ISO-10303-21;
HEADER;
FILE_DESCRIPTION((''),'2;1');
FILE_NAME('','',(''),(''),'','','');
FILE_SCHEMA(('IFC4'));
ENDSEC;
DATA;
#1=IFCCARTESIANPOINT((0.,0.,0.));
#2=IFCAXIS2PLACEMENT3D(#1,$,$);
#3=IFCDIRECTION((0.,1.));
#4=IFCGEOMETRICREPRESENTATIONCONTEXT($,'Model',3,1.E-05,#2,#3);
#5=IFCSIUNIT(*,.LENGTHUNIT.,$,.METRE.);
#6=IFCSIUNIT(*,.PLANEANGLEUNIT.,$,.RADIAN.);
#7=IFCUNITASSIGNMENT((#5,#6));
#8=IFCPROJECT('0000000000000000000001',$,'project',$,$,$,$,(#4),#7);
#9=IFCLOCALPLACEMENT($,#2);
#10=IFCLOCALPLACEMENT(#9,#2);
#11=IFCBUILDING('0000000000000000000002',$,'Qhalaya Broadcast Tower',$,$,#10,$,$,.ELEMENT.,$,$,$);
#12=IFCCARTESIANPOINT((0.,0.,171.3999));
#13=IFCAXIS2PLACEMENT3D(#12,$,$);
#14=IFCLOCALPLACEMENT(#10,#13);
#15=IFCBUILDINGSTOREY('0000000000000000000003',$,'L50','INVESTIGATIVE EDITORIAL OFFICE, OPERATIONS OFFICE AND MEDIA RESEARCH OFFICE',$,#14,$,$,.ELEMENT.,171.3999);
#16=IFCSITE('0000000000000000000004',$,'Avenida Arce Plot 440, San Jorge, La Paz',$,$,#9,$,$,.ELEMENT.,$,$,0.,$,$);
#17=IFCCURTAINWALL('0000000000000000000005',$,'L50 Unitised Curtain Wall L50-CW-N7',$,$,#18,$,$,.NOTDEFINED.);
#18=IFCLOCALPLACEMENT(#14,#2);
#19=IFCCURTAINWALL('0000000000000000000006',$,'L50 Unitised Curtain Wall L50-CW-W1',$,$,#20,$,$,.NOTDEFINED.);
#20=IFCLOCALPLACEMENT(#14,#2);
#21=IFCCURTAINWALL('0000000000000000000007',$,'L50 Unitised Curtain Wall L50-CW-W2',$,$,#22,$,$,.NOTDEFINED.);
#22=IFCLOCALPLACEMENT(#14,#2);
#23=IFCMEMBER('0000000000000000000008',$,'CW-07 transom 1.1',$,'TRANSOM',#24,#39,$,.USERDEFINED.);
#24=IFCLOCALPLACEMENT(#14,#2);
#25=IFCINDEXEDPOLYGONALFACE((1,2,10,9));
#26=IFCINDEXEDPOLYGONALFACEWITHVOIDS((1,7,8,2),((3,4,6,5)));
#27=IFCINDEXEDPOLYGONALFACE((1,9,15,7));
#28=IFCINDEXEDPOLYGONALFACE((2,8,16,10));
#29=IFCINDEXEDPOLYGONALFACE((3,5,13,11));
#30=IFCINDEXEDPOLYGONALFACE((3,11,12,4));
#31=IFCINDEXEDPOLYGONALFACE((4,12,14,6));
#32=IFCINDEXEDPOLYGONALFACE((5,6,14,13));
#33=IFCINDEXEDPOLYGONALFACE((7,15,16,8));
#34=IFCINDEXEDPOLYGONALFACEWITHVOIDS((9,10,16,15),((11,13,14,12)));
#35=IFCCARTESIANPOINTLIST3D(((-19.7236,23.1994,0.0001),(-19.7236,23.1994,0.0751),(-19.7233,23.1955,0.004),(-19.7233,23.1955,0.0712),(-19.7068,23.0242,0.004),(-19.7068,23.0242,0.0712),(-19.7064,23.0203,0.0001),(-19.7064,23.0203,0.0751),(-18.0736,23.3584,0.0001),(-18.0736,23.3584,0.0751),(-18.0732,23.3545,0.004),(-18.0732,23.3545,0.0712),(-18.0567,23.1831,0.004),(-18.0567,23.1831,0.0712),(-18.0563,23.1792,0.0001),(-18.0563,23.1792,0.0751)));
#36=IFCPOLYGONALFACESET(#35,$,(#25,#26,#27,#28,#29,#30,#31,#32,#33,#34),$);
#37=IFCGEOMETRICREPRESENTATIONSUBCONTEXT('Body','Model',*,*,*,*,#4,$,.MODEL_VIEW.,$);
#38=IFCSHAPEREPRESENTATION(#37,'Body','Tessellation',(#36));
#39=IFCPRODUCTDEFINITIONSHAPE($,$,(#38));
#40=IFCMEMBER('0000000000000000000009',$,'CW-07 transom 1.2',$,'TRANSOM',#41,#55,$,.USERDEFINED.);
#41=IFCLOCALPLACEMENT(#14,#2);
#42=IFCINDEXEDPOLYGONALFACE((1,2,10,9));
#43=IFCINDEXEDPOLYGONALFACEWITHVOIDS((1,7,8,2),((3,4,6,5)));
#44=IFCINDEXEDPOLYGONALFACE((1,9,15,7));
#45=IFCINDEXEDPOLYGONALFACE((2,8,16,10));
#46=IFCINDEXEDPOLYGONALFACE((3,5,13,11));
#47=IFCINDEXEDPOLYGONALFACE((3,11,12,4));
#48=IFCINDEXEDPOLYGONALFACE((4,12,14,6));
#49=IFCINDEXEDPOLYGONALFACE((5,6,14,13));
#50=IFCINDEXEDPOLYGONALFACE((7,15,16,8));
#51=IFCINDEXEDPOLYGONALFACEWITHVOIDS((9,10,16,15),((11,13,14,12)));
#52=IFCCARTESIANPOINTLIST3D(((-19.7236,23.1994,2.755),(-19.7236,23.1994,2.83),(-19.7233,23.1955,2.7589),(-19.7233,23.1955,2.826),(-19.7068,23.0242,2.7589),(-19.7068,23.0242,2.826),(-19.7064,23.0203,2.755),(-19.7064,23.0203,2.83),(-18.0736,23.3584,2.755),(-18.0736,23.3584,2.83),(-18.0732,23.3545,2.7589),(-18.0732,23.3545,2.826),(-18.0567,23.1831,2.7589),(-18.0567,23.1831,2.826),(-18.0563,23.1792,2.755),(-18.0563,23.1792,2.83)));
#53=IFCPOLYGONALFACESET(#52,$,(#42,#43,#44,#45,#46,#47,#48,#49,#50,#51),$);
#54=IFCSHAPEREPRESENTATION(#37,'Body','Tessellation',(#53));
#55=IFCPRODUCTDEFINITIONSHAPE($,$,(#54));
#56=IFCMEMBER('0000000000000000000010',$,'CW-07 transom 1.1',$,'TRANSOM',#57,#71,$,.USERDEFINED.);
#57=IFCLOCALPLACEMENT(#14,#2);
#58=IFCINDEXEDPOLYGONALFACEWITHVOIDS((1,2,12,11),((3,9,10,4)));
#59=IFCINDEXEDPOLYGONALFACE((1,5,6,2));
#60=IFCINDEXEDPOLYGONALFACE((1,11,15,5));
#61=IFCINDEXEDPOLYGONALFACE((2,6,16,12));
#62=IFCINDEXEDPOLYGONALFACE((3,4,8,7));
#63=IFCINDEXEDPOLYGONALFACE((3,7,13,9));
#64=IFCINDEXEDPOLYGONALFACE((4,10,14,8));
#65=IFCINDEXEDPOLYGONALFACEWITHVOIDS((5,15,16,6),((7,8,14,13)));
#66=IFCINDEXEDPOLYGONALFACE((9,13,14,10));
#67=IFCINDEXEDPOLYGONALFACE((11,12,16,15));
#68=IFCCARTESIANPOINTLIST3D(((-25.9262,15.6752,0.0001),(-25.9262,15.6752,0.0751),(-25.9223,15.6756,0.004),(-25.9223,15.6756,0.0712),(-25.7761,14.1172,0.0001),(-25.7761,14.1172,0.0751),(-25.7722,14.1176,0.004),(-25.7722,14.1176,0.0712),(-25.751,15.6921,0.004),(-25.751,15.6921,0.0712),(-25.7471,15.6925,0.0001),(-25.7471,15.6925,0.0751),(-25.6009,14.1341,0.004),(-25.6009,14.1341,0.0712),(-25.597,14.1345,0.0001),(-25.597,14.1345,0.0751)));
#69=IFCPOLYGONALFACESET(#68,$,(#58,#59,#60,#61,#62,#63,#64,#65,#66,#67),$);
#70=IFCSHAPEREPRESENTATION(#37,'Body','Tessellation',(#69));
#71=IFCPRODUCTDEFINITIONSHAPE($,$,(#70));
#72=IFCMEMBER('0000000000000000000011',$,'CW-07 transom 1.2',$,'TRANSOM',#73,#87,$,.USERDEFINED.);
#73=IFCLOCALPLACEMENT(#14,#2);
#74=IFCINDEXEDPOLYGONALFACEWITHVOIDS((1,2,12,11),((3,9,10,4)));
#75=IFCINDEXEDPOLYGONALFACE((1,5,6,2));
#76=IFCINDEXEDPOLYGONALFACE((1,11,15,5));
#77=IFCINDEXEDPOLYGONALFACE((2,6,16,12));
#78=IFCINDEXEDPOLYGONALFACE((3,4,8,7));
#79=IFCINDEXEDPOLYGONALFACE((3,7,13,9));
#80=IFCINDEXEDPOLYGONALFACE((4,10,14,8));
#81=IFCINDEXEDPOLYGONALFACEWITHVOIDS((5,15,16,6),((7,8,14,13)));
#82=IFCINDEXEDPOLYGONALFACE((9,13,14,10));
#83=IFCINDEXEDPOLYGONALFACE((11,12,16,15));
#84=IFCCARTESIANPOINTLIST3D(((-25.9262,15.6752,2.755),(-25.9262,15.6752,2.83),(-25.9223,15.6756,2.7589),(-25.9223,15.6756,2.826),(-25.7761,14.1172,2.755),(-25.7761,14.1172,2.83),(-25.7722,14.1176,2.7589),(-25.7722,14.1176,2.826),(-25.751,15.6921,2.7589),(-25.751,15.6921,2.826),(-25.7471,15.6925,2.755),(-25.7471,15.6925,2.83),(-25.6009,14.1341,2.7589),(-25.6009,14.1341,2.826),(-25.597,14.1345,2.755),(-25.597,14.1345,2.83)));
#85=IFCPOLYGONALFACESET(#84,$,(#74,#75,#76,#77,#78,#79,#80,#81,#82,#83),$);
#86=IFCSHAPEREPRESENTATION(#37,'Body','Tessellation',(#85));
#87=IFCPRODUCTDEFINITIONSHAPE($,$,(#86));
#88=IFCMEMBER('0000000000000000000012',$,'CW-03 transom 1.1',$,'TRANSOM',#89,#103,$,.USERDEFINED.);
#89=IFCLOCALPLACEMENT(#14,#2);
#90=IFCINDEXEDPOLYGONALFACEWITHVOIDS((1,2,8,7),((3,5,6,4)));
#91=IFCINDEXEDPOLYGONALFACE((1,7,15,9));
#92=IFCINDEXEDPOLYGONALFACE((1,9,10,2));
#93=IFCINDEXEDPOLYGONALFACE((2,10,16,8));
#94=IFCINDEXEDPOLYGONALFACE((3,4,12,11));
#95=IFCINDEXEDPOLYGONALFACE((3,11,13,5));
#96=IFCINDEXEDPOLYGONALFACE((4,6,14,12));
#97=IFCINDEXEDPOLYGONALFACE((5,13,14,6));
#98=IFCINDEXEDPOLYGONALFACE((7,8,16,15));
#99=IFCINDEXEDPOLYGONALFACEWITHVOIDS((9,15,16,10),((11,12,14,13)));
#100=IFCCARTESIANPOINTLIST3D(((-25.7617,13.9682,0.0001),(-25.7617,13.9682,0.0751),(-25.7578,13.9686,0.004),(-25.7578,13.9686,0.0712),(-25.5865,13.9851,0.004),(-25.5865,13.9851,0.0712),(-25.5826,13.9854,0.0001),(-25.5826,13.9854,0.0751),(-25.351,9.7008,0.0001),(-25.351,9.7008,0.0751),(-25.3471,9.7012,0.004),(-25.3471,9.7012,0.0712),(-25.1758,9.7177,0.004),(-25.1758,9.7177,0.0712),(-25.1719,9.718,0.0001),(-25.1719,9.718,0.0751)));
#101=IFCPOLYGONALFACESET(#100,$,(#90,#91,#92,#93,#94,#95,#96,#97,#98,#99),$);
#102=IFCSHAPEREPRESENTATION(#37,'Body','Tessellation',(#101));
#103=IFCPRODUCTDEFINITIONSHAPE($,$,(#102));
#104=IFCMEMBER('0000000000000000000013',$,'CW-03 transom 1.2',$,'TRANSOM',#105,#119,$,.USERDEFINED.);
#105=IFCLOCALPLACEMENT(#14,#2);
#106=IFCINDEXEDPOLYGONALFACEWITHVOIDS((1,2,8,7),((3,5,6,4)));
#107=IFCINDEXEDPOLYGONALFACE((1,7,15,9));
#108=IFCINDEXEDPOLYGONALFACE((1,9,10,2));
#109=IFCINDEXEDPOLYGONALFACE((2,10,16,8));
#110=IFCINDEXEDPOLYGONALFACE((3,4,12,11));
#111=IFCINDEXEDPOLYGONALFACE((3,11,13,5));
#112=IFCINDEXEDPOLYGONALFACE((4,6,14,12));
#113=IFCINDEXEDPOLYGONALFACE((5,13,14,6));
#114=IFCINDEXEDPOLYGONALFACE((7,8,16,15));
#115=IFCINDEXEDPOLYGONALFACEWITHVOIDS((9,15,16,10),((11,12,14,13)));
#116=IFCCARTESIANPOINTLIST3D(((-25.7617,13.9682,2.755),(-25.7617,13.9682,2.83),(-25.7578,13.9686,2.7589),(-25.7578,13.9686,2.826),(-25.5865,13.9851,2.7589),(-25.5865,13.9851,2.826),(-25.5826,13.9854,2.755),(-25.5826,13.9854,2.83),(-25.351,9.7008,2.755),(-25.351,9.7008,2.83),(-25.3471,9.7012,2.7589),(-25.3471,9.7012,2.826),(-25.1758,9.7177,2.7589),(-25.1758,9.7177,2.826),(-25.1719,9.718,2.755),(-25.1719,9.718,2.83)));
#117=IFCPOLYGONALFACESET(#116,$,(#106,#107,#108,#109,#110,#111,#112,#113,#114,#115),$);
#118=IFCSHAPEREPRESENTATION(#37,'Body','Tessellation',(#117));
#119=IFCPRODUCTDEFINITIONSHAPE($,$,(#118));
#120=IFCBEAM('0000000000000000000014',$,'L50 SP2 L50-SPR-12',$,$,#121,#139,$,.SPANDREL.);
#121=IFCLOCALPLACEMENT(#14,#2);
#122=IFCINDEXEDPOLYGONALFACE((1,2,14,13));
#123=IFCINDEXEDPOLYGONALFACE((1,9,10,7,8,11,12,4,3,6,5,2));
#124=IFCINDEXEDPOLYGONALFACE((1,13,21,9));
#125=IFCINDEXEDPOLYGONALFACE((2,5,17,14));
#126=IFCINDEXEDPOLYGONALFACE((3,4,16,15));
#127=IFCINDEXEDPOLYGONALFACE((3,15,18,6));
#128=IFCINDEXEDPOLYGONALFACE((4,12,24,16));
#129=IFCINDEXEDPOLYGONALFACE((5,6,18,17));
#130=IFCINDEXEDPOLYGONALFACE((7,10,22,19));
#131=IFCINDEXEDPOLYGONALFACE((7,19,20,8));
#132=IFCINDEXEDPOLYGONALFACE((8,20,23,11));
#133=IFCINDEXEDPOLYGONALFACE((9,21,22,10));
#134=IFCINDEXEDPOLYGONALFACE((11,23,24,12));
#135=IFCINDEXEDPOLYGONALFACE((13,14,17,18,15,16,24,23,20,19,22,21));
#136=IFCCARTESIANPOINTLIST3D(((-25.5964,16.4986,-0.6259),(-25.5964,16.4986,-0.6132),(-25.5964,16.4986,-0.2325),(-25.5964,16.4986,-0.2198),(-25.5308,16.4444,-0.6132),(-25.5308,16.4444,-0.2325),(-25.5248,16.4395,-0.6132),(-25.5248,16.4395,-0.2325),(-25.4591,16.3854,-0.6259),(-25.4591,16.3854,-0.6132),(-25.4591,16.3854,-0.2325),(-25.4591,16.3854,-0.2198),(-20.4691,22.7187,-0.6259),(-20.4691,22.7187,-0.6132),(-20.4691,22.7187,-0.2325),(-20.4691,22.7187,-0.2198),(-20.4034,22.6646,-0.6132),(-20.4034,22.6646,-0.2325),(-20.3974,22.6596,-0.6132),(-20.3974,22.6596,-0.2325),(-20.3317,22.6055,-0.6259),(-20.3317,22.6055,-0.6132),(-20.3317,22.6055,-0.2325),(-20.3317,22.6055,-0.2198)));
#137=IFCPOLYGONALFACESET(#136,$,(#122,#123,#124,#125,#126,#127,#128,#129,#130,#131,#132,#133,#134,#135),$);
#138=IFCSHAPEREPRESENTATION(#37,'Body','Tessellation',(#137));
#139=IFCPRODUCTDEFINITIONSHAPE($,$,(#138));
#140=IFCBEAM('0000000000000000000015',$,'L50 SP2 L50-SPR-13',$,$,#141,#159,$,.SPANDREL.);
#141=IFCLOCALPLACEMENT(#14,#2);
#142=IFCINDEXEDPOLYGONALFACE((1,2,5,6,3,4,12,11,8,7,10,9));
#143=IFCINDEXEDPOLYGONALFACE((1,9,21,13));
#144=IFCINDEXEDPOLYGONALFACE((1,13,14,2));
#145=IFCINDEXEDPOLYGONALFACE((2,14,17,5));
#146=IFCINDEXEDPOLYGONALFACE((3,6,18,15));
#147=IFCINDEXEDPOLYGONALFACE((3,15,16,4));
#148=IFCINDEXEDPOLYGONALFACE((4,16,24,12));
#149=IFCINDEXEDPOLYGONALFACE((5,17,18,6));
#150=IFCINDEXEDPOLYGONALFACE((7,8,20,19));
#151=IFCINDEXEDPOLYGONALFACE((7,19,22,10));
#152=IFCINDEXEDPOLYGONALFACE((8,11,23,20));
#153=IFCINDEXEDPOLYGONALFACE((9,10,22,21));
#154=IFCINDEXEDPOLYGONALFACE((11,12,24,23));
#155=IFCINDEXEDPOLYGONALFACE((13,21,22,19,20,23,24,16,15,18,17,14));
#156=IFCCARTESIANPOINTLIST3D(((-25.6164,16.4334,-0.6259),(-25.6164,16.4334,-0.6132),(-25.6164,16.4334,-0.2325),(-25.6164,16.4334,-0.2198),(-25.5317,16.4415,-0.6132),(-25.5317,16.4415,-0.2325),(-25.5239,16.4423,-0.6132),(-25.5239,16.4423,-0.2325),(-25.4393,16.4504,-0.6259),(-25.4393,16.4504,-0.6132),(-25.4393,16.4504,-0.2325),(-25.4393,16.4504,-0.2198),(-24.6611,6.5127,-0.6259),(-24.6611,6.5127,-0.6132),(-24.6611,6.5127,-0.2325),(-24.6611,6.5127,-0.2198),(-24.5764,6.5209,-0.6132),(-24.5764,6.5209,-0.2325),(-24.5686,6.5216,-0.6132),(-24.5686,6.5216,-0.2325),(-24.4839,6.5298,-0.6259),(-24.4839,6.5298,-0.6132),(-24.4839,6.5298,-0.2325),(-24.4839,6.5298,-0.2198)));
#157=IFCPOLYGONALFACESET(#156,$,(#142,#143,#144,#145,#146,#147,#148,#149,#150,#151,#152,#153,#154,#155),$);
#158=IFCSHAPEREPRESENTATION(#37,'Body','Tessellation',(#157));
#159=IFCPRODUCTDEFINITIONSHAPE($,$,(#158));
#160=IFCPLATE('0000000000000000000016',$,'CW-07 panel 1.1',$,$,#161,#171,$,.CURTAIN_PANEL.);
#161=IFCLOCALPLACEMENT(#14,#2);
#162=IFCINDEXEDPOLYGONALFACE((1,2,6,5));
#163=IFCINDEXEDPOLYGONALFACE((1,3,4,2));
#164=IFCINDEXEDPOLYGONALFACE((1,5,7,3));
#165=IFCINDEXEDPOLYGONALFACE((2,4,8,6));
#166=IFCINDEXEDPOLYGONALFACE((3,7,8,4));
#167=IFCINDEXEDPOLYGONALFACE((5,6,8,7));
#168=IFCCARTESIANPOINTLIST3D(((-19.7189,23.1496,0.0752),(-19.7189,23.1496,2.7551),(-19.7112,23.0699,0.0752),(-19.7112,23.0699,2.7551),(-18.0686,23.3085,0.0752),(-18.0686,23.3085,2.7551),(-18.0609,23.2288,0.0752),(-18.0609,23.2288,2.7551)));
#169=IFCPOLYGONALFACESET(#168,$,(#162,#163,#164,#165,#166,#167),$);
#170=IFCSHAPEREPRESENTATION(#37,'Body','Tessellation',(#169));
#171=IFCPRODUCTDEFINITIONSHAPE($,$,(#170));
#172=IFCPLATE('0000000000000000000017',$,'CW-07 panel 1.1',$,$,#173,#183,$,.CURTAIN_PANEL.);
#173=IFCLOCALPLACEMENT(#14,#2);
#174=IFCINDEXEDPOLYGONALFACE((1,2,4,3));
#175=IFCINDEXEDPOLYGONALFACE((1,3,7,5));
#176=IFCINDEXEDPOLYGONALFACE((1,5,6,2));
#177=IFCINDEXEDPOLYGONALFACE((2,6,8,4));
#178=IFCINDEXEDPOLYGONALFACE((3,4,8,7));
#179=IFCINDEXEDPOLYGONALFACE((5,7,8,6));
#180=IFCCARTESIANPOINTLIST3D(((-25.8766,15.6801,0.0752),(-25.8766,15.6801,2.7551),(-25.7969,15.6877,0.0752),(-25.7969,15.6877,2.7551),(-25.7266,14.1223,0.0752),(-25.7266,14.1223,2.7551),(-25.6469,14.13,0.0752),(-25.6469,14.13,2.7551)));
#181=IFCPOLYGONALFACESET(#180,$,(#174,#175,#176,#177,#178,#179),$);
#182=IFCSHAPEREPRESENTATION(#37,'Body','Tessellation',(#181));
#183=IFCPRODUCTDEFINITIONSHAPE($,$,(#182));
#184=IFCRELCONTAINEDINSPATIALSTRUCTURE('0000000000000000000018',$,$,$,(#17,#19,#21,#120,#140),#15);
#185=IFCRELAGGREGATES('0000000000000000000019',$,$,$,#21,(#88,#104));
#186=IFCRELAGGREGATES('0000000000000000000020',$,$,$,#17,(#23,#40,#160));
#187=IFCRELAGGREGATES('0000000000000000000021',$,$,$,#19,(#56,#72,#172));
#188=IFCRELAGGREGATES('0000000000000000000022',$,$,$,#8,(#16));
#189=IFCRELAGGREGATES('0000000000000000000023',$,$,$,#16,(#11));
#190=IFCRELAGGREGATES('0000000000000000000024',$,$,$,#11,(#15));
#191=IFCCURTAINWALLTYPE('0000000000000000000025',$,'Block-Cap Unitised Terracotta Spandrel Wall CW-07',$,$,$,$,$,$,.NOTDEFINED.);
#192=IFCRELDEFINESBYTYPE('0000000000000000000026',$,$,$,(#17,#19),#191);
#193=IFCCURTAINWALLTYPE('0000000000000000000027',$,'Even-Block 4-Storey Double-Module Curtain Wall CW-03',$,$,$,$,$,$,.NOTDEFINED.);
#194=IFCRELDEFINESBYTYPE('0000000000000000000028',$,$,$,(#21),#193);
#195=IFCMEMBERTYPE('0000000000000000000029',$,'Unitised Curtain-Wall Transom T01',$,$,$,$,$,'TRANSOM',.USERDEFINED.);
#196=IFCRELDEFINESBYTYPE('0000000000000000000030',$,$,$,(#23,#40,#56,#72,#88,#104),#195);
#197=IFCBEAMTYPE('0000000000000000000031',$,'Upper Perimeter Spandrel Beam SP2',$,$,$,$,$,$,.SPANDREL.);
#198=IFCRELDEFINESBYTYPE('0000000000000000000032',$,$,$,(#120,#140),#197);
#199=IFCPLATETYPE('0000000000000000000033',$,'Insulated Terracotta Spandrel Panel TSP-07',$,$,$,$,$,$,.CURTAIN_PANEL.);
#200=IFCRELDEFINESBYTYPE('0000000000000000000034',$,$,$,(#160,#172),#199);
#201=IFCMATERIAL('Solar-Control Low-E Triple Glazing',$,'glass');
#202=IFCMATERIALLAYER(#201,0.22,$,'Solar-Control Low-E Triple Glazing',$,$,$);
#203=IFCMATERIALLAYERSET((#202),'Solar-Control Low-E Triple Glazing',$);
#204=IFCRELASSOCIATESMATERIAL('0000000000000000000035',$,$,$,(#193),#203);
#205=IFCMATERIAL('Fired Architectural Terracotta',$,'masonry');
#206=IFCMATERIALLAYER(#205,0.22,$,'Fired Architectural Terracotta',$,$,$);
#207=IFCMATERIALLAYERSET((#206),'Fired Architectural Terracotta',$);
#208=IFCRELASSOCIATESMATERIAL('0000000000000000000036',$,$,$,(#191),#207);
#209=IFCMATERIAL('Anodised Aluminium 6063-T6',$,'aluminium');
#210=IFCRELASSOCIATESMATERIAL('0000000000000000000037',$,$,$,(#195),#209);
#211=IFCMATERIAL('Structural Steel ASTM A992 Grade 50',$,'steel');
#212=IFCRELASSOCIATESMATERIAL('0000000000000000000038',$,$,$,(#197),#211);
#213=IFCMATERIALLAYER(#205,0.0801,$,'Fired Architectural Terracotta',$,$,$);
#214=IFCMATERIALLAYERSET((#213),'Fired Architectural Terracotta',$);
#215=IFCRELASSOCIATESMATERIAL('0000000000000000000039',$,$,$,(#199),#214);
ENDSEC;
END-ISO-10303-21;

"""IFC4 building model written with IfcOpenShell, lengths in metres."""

from ifc_helpers import new_model, si_unit, direction, frame, origin, origin_2d, place, context, subcontext, project, spatial, rectangle, hollow_rectangle, i_section, extrude, material, layer, layer_set, material_profile, profile_set, type_object, element, aggregate, save


model = new_model("IFC4")

# Units and contexts
model_context = context("Model", 3, precision=1e-05, world=origin(), true_north=direction((0.0, 1.0)))
body_context = subcontext(model_context, "Body", "Model", "MODEL_VIEW")
ifc_project = project(units=[si_unit("LENGTHUNIT", "METRE"), si_unit("PLANEANGLEUNIT", "RADIAN")], contexts=[model_context])

# Site, building, storey
site_placement = place(None, origin())
site = spatial("IfcSite", under=ifc_project, at=site_placement, Name="Avenida Arce Plot 440, San Jorge, La Paz", CompositionType="ELEMENT", RefElevation=0.0)
building_placement = place(site_placement, origin())
building = spatial("IfcBuilding", under=site, at=building_placement, Name="Qhalaya Broadcast Tower", CompositionType="ELEMENT")
storey_placement = place(building_placement, frame((0.0, 0.0, 171.3999)))
storey = spatial("IfcBuildingStorey", under=building, at=storey_placement, Name="L50", Description="INVESTIGATIVE EDITORIAL OFFICE, OPERATIONS OFFICE AND MEDIA RESEARCH OFFICE", CompositionType="ELEMENT", Elevation=171.3999)

# Shared definitions
ifc_material_1 = material(Name="Structural Steel ASTM A992 Grade 50", Category="steel")

# Shared definitions
ifc_material_2 = material(Name="Solar-Control Low-E Triple Glazing", Category="glass")
ifc_layer_1 = layer(ifc_material_2, 0.22, Name="Solar-Control Low-E Triple Glazing")
ifc_layer_set_1 = layer_set([ifc_layer_1], Name="Solar-Control Low-E Triple Glazing")
curtain_wall_type_1 = type_object("IfcCurtainWallType", Name="Even-Block 4-Storey Double-Module Curtain Wall CW-03", PredefinedType="NOTDEFINED", material=ifc_layer_set_1)
ifc_material_3 = material(Name="Anodised Aluminium 6063-T6", Category="aluminium")

# Curtain walls
ifc_material_4 = material(Name="Fired Architectural Terracotta", Category="masonry")
ifc_layer_2 = layer(ifc_material_4, 0.22, Name="Fired Architectural Terracotta")
ifc_layer_set_2 = layer_set([ifc_layer_2], Name="Fired Architectural Terracotta")
curtain_wall_type_2 = type_object("IfcCurtainWallType", Name="Block-Cap Unitised Terracotta Spandrel Wall CW-07", PredefinedType="NOTDEFINED", material=ifc_layer_set_2)
curtain_wall_1_placement = place(storey_placement, origin())
curtain_wall_1 = element("IfcCurtainWall", 1, at=curtain_wall_1_placement, inside=storey, type_object=curtain_wall_type_2, Name="L50 Unitised Curtain Wall L50-CW-N7", PredefinedType="NOTDEFINED")
curtain_wall_2_placement = place(storey_placement, origin())
curtain_wall_2 = element("IfcCurtainWall", 2, at=curtain_wall_2_placement, inside=storey, type_object=curtain_wall_type_2, Name="L50 Unitised Curtain Wall L50-CW-W1", PredefinedType="NOTDEFINED")

# Curtain wall
curtain_wall_3_placement = place(storey_placement, origin())
curtain_wall_3 = element("IfcCurtainWall", 3, at=curtain_wall_3_placement, inside=storey, type_object=curtain_wall_type_1, Name="L50 Unitised Curtain Wall L50-CW-W2", PredefinedType="NOTDEFINED")

# Members
ifc_material_profile_1 = material_profile(ifc_material_3, hollow_rectangle(XDim=0.075, YDim=0.1799, WallThickness=0.0039, at=origin_2d()), Name="ALU-TRN 75x180x4")
ifc_profile_set_1 = profile_set([ifc_material_profile_1], Name="Anodised Aluminium 6063-T6")
member_type_1 = type_object("IfcMemberType", Name="Unitised Curtain-Wall Transom T01", ElementType="TRANSOM", PredefinedType="USERDEFINED", material=ifc_profile_set_1)
member_1_placement = place(storey_placement, frame((-18.0649, 23.2688, 0.0376), z_axis=(-0.995394, -0.095872, 0.0), x_axis=(0.0, 0.0, 1.0)))
member_1 = element("IfcMember", 4, at=member_1_placement, type_object=member_type_1, Name="CW-07 transom 1.1", ObjectType="TRANSOM", PredefinedType="USERDEFINED", context=body_context, shape_type="SweptSolid", body=[
    extrude(hollow_rectangle(XDim=0.075, YDim=0.1799, WallThickness=0.0039, at=origin_2d()), origin(), (0.0, 0.0, 1.0), 1.6577),
])
member_2_placement = place(storey_placement, frame((-18.0649, 23.2688, 2.7925), z_axis=(-0.995394, -0.095872, 0.0), x_axis=(0.0, 0.0, 1.0)))
member_2 = element("IfcMember", 5, at=member_2_placement, type_object=member_type_1, Name="CW-07 transom 1.2", ObjectType="TRANSOM", PredefinedType="USERDEFINED", context=body_context, shape_type="SweptSolid", body=[
    extrude(hollow_rectangle(XDim=0.075, YDim=0.1799, WallThickness=0.0039, at=origin_2d()), origin(), (0.0, 0.0, 1.0), 1.6577),
])
member_3_placement = place(storey_placement, frame((-25.8367, 15.6838, 0.0376), z_axis=(0.095935, -0.995388, 0.0), x_axis=(0.0, 0.0, 1.0)))
member_3 = element("IfcMember", 6, at=member_3_placement, type_object=member_type_1, Name="CW-07 transom 1.1", ObjectType="TRANSOM", PredefinedType="USERDEFINED", context=body_context, shape_type="SweptSolid", body=[
    extrude(hollow_rectangle(XDim=0.075, YDim=0.1799, WallThickness=0.0039, at=origin_2d()), origin(), (0.0, 0.0, 1.0), 1.5652),
])
member_4_placement = place(storey_placement, frame((-25.8367, 15.6838, 2.7925), z_axis=(0.095935, -0.995388, 0.0), x_axis=(0.0, 0.0, 1.0)))
member_4 = element("IfcMember", 7, at=member_4_placement, type_object=member_type_1, Name="CW-07 transom 1.2", ObjectType="TRANSOM", PredefinedType="USERDEFINED", context=body_context, shape_type="SweptSolid", body=[
    extrude(hollow_rectangle(XDim=0.075, YDim=0.1799, WallThickness=0.0039, at=origin_2d()), origin(), (0.0, 0.0, 1.0), 1.5652),
])
member_5_placement = place(storey_placement, frame((-25.6721, 13.9768, 0.0376), z_axis=(0.095787, -0.995402, 0.0), x_axis=(0.0, 0.0, 1.0)))
member_5 = element("IfcMember", 8, at=member_5_placement, type_object=member_type_1, Name="CW-03 transom 1.1", ObjectType="TRANSOM", PredefinedType="USERDEFINED", context=body_context, shape_type="SweptSolid", body=[
    extrude(hollow_rectangle(XDim=0.075, YDim=0.1799, WallThickness=0.0039, at=origin_2d()), origin(), (0.0, 0.0, 1.0), 4.2871),
])
member_6_placement = place(storey_placement, frame((-25.6721, 13.9768, 2.7925), z_axis=(0.095787, -0.995402, 0.0), x_axis=(0.0, 0.0, 1.0)))
member_6 = element("IfcMember", 9, at=member_6_placement, type_object=member_type_1, Name="CW-03 transom 1.2", ObjectType="TRANSOM", PredefinedType="USERDEFINED", context=body_context, shape_type="SweptSolid", body=[
    extrude(hollow_rectangle(XDim=0.075, YDim=0.1799, WallThickness=0.0039, at=origin_2d()), origin(), (0.0, 0.0, 1.0), 4.2871),
])
aggregate(curtain_wall_3, [member_5, member_6])

# Beams
ifc_material_profile_2 = material_profile(ifc_material_1, i_section(OverallWidth=0.178, OverallDepth=0.406, WebThickness=0.0078, FlangeThickness=0.0127, at=origin_2d()), Name="W16X40")
ifc_profile_set_2 = profile_set([ifc_material_profile_2], Name="Structural Steel ASTM A992 Grade 50")
beam_type_1 = type_object("IfcBeamType", Name="Upper Perimeter Spandrel Beam SP2", PredefinedType="SPANDREL", material=ifc_profile_set_2)
beam_1_placement = place(storey_placement, frame((-20.4004, 22.6621, -0.4229), z_axis=(-0.63607, -0.771631, 0.0), x_axis=(0.771631, -0.63607, 0.0)))
element("IfcBeam", 10, at=beam_1_placement, inside=storey, type_object=beam_type_1, Name="L50 SP2 L50-SPR-12", PredefinedType="SPANDREL", context=body_context, shape_type="SweptSolid", body=[
    extrude(i_section(OverallWidth=0.178, OverallDepth=0.406, WebThickness=0.0078, FlangeThickness=0.0127, at=origin_2d()), origin(), (0.0, 0.0, 1.0), 8.061),
])
beam_2_placement = place(storey_placement, frame((-25.5278, 16.4419, -0.4229), z_axis=(0.095853, -0.995396, 0.0), x_axis=(0.995396, 0.095853, 0.0)))
element("IfcBeam", 11, at=beam_2_placement, inside=storey, type_object=beam_type_1, Name="L50 SP2 L50-SPR-13", PredefinedType="SPANDREL", context=body_context, shape_type="SweptSolid", body=[
    extrude(i_section(OverallWidth=0.178, OverallDepth=0.406, WebThickness=0.0078, FlangeThickness=0.0127, at=origin_2d()), origin(), (0.0, 0.0, 1.0), 9.9666),
])

# Plates
ifc_layer_3 = layer(ifc_material_4, 0.0801, Name="Fired Architectural Terracotta")
ifc_layer_set_3 = layer_set([ifc_layer_3], Name="Fired Architectural Terracotta")
plate_type = type_object("IfcPlateType", Name="Insulated Terracotta Spandrel Panel TSP-07", PredefinedType="CURTAIN_PANEL", material=ifc_layer_set_3)
plate_1_placement = place(storey_placement, frame((-18.8899, 23.1892, 0.0752), z_axis=(0.0, 0.0, 1.0), x_axis=(-0.995395, -0.095856, 0.0)))
plate_1 = element("IfcPlate", 12, at=plate_1_placement, type_object=plate_type, Name="CW-07 panel 1.1", PredefinedType="CURTAIN_PANEL", context=body_context, shape_type="SweptSolid", body=[
    extrude(rectangle(XDim=1.658, YDim=0.0801, at=origin_2d()), origin(), (0.0, 0.0, 1.0), 2.6799),
])
aggregate(curtain_wall_1, [member_1, member_2, plate_1])
plate_2_placement = place(storey_placement, frame((-25.7617, 14.905, 0.0752), z_axis=(0.0, 0.0, 1.0), x_axis=(0.09586, -0.995395, 0.0)))
plate_2 = element("IfcPlate", 13, at=plate_2_placement, type_object=plate_type, Name="CW-07 panel 1.1", PredefinedType="CURTAIN_PANEL", context=body_context, shape_type="SweptSolid", body=[
    extrude(rectangle(XDim=1.5649, YDim=0.0801, at=origin_2d()), origin(), (0.0, 0.0, 1.0), 2.6799),
])
aggregate(curtain_wall_2, [member_3, member_4, plate_2])

save(model, "model.ifc")
